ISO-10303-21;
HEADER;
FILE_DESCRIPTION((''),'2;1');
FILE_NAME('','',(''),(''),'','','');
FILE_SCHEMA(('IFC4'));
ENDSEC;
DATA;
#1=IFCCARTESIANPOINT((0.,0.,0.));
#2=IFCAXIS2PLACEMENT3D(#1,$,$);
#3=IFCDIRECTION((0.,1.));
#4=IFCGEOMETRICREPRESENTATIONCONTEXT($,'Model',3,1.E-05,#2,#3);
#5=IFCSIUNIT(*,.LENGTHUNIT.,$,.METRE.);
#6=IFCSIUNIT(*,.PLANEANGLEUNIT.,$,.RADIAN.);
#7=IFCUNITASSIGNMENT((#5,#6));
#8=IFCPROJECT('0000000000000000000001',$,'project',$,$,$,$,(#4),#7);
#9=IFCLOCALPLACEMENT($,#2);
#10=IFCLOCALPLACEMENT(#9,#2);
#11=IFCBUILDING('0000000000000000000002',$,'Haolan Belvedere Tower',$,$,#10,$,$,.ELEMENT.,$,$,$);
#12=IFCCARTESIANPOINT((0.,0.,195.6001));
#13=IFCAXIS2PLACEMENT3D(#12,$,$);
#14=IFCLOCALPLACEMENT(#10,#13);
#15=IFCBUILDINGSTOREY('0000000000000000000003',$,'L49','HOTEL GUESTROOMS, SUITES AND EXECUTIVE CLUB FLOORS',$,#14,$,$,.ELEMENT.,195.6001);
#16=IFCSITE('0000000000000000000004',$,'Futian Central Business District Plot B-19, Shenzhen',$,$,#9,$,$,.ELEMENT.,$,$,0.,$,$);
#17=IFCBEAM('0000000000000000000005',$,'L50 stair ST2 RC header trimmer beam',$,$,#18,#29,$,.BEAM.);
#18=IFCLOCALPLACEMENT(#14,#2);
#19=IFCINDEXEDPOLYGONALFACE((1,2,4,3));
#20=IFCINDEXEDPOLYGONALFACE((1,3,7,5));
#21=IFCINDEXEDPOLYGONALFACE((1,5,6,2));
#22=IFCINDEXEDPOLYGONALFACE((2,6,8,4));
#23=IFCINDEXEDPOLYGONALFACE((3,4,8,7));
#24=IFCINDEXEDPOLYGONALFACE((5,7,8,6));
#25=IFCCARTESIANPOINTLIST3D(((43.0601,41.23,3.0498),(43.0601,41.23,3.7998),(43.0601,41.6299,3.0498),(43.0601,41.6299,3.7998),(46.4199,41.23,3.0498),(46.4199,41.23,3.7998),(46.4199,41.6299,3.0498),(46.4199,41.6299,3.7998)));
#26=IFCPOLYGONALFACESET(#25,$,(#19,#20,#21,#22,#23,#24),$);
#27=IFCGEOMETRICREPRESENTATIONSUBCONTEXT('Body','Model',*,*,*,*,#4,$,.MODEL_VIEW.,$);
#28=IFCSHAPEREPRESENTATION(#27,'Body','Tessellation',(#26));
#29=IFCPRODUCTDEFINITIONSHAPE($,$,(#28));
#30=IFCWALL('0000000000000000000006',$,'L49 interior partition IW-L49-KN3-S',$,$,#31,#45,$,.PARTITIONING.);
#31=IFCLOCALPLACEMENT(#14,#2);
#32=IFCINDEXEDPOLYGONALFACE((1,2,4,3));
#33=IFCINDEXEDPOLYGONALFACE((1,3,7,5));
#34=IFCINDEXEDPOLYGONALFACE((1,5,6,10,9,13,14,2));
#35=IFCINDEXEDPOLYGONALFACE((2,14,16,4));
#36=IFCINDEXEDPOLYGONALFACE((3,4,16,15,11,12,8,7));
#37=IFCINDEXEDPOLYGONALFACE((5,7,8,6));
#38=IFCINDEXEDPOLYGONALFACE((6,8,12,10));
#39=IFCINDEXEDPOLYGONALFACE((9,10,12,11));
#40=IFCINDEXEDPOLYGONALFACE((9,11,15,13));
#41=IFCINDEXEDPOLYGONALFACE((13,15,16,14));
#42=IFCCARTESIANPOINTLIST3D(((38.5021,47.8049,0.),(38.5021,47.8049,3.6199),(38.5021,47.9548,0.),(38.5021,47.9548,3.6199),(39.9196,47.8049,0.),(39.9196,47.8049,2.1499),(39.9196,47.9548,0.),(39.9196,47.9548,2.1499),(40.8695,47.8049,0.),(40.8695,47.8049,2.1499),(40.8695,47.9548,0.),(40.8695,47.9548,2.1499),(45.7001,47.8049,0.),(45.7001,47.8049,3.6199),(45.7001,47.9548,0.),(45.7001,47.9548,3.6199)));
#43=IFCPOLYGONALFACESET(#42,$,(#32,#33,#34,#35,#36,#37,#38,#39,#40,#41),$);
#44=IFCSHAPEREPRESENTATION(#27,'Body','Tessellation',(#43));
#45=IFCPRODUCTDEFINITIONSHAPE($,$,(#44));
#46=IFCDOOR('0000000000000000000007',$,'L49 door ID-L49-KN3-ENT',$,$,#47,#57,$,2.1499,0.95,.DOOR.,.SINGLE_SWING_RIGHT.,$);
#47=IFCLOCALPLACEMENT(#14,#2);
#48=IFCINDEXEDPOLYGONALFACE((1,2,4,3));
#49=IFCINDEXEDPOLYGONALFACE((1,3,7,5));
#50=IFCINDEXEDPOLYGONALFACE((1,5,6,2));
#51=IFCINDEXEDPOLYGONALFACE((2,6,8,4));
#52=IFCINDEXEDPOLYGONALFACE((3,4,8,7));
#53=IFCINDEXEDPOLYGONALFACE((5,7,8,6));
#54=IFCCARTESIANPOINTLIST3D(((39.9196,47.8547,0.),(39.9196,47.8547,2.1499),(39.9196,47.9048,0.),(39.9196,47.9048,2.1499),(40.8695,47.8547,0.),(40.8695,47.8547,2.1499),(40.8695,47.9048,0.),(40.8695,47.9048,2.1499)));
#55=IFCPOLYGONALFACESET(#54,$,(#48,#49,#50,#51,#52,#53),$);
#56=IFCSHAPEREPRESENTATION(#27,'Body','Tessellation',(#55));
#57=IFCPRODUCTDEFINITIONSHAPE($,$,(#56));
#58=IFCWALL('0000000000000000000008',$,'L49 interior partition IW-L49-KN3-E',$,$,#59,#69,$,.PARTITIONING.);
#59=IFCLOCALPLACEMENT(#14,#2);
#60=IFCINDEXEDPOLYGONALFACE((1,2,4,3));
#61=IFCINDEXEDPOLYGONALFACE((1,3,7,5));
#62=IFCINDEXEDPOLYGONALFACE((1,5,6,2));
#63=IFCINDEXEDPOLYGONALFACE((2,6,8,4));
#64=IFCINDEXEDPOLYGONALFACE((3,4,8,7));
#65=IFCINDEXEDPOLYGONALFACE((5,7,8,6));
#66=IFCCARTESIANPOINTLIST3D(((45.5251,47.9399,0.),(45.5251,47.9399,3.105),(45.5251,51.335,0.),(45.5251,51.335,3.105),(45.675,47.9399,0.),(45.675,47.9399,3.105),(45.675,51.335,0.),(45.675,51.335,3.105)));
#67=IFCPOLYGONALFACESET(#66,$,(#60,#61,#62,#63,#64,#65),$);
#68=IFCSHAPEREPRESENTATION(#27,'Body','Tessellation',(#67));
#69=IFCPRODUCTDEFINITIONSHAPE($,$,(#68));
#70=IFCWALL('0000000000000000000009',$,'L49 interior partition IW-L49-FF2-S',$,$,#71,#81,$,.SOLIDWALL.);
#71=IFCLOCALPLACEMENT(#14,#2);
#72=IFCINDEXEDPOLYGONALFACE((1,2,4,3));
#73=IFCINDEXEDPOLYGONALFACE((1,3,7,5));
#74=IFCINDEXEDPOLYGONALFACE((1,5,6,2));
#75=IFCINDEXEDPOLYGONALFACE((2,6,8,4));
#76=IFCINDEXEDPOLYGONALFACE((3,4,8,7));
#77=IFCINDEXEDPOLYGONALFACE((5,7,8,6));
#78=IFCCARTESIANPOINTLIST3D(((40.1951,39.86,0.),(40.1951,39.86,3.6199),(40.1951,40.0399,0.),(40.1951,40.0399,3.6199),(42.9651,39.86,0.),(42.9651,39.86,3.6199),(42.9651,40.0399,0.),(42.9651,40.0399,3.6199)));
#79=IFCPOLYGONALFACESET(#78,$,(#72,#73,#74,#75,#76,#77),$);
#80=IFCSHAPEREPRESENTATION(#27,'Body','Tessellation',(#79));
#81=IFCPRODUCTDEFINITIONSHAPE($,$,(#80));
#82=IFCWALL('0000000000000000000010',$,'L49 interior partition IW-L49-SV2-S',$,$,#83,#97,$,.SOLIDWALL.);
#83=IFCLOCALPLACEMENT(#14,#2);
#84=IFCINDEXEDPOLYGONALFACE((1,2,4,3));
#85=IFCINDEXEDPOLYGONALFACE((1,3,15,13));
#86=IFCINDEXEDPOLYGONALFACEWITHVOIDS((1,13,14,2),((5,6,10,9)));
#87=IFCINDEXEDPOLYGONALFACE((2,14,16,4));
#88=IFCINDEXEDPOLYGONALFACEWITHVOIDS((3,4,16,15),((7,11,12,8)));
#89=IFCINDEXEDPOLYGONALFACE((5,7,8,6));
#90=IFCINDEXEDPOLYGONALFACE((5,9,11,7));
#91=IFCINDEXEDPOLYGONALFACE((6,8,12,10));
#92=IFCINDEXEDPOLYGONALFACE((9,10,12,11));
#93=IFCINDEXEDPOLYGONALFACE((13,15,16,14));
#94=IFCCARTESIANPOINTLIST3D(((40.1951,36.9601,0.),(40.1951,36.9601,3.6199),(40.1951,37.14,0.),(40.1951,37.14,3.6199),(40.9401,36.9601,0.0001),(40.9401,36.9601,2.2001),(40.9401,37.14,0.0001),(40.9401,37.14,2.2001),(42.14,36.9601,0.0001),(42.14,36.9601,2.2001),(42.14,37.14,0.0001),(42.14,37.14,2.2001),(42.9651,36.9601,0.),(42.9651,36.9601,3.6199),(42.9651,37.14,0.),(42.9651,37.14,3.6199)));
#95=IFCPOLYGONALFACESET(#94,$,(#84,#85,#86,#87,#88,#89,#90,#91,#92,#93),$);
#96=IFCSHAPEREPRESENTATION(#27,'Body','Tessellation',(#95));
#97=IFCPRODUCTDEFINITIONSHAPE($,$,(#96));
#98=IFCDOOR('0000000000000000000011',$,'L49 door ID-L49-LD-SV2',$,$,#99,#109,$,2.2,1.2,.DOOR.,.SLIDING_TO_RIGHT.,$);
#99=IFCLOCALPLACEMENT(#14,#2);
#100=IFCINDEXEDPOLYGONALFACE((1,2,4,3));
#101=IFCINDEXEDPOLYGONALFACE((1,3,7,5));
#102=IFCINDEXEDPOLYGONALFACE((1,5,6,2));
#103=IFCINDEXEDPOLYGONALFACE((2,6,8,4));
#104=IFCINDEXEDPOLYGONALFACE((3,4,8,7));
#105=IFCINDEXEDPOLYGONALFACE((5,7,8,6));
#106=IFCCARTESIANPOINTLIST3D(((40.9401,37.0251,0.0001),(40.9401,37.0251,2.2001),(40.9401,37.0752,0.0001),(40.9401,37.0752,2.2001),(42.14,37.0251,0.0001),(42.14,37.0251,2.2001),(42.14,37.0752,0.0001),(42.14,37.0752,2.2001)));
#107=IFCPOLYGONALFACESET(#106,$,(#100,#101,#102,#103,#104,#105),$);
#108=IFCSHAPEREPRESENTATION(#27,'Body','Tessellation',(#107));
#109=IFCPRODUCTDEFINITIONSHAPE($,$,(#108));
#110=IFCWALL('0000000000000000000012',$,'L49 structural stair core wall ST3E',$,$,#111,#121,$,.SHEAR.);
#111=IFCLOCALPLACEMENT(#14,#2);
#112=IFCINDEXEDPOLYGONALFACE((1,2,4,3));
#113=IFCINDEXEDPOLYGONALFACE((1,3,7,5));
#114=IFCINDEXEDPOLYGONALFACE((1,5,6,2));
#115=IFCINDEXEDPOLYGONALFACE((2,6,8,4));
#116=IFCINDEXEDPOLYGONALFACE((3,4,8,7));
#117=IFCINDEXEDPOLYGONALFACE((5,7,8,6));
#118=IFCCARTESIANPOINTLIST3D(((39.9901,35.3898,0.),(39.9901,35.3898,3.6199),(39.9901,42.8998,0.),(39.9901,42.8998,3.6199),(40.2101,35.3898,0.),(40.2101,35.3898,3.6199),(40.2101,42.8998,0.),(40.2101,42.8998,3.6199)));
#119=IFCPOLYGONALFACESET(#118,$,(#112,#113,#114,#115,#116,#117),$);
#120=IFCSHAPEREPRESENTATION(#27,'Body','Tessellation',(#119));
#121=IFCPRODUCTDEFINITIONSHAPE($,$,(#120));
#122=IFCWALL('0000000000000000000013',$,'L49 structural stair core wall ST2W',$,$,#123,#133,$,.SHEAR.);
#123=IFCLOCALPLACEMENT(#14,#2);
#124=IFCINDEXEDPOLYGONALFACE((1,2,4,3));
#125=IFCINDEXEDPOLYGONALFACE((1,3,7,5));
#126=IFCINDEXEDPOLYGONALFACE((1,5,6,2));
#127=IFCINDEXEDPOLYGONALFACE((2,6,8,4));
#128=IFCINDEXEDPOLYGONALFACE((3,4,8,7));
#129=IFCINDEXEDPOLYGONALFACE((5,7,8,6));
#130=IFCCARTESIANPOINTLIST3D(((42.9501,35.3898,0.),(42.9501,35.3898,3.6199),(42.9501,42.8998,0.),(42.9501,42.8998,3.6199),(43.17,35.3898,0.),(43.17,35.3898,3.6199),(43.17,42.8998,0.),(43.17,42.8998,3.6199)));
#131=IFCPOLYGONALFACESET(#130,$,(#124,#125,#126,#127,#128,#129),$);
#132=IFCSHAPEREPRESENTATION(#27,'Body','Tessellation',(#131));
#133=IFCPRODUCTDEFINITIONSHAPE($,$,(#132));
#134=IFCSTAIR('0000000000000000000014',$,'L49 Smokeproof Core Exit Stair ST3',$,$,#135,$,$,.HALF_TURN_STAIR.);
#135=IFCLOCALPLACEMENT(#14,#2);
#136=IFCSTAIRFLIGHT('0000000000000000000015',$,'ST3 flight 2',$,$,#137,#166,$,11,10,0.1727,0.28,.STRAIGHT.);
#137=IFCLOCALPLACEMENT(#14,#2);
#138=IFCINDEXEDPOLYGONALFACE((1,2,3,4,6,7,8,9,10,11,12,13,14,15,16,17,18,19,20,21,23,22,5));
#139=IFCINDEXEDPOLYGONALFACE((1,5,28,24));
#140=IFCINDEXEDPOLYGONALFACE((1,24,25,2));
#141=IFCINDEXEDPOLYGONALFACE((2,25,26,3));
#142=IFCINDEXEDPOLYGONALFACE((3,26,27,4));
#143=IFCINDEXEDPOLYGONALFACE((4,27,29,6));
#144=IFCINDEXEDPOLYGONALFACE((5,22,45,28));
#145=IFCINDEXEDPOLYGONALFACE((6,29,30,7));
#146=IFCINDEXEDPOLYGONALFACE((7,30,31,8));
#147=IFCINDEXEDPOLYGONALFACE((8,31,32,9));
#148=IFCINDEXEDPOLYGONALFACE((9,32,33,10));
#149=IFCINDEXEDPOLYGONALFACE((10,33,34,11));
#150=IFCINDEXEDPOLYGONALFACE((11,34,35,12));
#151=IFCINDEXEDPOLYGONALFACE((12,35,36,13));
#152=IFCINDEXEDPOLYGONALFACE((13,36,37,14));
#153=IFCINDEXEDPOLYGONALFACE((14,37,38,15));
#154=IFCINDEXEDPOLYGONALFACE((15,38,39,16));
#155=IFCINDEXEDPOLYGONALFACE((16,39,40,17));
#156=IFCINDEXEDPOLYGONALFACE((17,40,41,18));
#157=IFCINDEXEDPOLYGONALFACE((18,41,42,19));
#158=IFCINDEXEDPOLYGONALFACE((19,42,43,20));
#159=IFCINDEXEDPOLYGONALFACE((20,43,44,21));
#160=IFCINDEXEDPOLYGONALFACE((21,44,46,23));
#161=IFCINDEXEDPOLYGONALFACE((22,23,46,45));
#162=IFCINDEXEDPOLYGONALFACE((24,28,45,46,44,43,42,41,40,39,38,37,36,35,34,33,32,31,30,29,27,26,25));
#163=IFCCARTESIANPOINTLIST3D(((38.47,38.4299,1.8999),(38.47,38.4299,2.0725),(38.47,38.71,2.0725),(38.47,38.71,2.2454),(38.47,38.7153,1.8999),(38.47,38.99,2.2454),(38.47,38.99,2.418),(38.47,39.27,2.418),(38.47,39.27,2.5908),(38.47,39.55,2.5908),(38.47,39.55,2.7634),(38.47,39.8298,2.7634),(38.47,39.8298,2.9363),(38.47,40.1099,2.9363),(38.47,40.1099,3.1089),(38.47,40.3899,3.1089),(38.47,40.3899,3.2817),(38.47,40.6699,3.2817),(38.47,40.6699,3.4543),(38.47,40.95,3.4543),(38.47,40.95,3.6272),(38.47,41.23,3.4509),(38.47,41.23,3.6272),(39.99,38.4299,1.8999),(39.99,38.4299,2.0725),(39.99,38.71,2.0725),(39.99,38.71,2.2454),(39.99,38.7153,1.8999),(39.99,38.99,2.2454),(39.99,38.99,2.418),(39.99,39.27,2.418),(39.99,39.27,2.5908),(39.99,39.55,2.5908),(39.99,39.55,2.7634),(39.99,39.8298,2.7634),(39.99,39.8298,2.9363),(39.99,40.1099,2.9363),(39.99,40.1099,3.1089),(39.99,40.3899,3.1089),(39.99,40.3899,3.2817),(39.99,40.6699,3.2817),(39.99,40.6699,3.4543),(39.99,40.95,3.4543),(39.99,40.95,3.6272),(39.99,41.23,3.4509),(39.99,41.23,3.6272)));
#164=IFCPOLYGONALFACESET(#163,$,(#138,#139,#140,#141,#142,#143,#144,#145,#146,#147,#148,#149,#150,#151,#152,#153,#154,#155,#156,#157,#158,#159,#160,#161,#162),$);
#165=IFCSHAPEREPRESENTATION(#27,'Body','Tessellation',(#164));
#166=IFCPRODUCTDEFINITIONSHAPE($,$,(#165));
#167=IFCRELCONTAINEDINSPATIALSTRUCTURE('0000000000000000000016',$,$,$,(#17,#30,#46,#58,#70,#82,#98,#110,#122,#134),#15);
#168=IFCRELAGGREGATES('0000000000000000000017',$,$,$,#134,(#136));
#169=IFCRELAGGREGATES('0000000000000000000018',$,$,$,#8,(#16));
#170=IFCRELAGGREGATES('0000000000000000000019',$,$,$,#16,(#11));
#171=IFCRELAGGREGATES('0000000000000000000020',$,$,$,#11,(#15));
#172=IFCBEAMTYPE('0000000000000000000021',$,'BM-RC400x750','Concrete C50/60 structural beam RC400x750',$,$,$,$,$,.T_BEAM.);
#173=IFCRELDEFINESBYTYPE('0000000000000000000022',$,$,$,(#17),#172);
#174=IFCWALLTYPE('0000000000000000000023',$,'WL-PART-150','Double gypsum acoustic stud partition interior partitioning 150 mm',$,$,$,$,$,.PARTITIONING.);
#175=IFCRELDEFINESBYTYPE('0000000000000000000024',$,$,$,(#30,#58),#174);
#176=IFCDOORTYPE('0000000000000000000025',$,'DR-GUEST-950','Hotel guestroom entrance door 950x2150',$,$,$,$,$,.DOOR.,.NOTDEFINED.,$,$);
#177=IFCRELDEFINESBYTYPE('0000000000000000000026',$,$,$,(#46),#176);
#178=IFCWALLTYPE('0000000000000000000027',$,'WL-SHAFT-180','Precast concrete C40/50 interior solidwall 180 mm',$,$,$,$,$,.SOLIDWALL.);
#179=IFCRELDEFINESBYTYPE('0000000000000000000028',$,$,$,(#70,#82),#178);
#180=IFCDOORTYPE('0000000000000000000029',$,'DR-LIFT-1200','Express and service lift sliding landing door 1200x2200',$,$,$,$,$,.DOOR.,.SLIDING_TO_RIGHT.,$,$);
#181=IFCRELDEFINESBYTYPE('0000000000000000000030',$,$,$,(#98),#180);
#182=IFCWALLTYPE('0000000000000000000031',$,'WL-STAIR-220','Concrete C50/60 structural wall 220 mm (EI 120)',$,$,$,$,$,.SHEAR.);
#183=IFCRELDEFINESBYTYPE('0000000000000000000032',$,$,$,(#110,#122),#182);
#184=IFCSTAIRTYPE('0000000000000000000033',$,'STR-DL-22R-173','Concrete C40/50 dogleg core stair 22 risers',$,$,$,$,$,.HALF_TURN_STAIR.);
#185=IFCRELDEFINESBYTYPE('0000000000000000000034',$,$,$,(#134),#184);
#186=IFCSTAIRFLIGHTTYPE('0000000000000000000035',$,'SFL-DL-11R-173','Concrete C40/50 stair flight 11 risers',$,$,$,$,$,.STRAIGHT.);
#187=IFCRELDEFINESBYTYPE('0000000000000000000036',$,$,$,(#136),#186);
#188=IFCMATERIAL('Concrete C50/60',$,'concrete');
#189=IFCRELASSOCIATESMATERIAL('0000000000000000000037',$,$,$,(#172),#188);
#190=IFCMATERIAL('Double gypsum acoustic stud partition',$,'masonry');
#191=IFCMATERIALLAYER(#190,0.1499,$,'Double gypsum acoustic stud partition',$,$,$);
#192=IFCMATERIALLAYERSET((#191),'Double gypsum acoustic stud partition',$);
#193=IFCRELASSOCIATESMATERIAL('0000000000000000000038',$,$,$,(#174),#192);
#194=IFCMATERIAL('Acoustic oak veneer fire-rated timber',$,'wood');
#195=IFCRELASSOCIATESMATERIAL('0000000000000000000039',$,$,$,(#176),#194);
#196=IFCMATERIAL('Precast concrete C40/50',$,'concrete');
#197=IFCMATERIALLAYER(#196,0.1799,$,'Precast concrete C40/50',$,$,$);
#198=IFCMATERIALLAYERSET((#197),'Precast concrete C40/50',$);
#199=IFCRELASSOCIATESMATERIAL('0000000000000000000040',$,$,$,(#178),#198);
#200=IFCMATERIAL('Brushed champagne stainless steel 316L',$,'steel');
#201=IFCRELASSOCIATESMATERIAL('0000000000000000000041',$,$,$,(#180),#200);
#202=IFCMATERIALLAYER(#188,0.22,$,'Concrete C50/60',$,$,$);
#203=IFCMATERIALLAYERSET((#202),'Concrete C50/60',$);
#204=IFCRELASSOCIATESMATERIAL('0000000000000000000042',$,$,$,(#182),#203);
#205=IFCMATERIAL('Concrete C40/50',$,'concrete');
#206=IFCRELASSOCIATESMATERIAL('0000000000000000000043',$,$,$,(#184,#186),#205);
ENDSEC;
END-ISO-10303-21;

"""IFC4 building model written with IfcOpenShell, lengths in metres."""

from ifc_helpers import new_model, si_unit, direction, frame, frame_2d, origin, origin_2d, place, context, subcontext, project, spatial, polyline, rectangle, outline, extrude, material, layer, layer_set, material_profile, profile_set, type_object, element, fill, aggregate, save


model = new_model("IFC4")

# Units and contexts
model_context = context("Model", 3, precision=1e-05, world=origin(), true_north=direction((0.0, 1.0)))
body_context = subcontext(model_context, "Body", "Model", "MODEL_VIEW")
ifc_project = project(units=[si_unit("LENGTHUNIT", "METRE"), si_unit("PLANEANGLEUNIT", "RADIAN")], contexts=[model_context])

# Site, building, storey
site_placement = place(None, origin())
site = spatial("IfcSite", under=ifc_project, at=site_placement, Name="Futian Central Business District Plot B-19, Shenzhen", CompositionType="ELEMENT", RefElevation=0.0)
building_placement = place(site_placement, origin())
building = spatial("IfcBuilding", under=site, at=building_placement, Name="Haolan Belvedere Tower", CompositionType="ELEMENT")
storey_placement = place(building_placement, frame((0.0, 0.0, 195.6001)))
storey = spatial("IfcBuildingStorey", under=building, at=storey_placement, Name="L49", Description="HOTEL GUESTROOMS, SUITES AND EXECUTIVE CLUB FLOORS", CompositionType="ELEMENT", Elevation=195.6001)

# Beam
ifc_material_1 = material(Name="Concrete C50/60", Category="concrete")
ifc_material_profile = material_profile(ifc_material_1, rectangle(XDim=0.3999, YDim=0.75, at=origin_2d()), Name="Concrete C50/60")
ifc_profile_set = profile_set([ifc_material_profile], Name="Concrete C50/60")
beam_type = type_object("IfcBeamType", Name="BM-RC400x750", Description="Concrete C50/60 structural beam RC400x750", PredefinedType="T_BEAM", material=ifc_profile_set)
beam_placement = place(storey_placement, frame((43.0601, 41.4299, 3.4248), z_axis=(1.0, 0.0, 0.0), x_axis=(0.0, 1.0, 0.0)))
element("IfcBeam", 1, at=beam_placement, inside=storey, type_object=beam_type, Name="L50 stair ST2 RC header trimmer beam", PredefinedType="BEAM", context=body_context, shape_type="SweptSolid", body=[
    extrude(rectangle(XDim=0.3999, YDim=0.75, at=origin_2d()), origin(), (0.0, 0.0, 1.0), 3.3599),
])

# Wall, opening, door
ifc_material_2 = material(Name="Concrete C40/50", Category="concrete")
ifc_material_3 = material(Name="Double gypsum acoustic stud partition", Category="masonry")
ifc_layer_1 = layer(ifc_material_3, 0.1499, Name="Double gypsum acoustic stud partition")
ifc_layer_set_1 = layer_set([ifc_layer_1], Name="Double gypsum acoustic stud partition")
wall_type_1 = type_object("IfcWallType", Name="WL-PART-150", Description="Double gypsum acoustic stud partition interior partitioning 150 mm", PredefinedType="PARTITIONING", material=ifc_layer_set_1)
wall_1_placement = place(storey_placement, frame((38.502, 47.8799, 0.0), z_axis=(0.0, 0.0, 1.0), x_axis=(1.0, 0.0, 0.0)))
wall_1 = element("IfcWall", 2, at=wall_1_placement, inside=storey, type_object=wall_type_1, Name="L49 interior partition IW-L49-KN3-S", PredefinedType="PARTITIONING", context=body_context, shape_type="SweptSolid", body=[
    extrude(rectangle(XDim=7.198, YDim=0.1499, at=frame_2d((3.5991, 0.0))), origin(), (0.0, 0.0, 1.0), 3.6199),
])
opening_1_placement = place(wall_1_placement, frame((1.4175, 0.0, 0.0)))
opening_1 = element("IfcOpeningElement", 3, at=opening_1_placement, cuts=wall_1, PredefinedType="OPENING", context=body_context, shape_type="SweptSolid", body=[
    extrude(rectangle(XDim=0.95, YDim=2.1499, at=frame_2d((0.4751, 1.075))), frame((0.0, 0.085, 0.0), z_axis=(0.0, -1.0, 0.0), x_axis=(1.0, 0.0, 0.0)), (0.0, 0.0, 1.0), 0.1699),
])
ifc_material_4 = material(Name="Acoustic oak veneer fire-rated timber", Category="wood")
door_type_1 = type_object("IfcDoorType", Name="DR-GUEST-950", Description="Hotel guestroom entrance door 950x2150", OperationType="NOTDEFINED", PredefinedType="DOOR", material=ifc_material_4)
door_1_placement = place(opening_1_placement, origin())
door_1 = element("IfcDoor", 4, at=door_1_placement, inside=storey, type_object=door_type_1, Name="L49 door ID-L49-KN3-ENT", OperationType="SINGLE_SWING_RIGHT", OverallHeight=2.1499, OverallWidth=0.95, PredefinedType="DOOR", context=body_context, shape_type="SweptSolid", body=[
    extrude(rectangle(XDim=0.95, YDim=2.1499, at=frame_2d((0.4751, 1.075))), frame((0.0, 0.0249, 0.0), z_axis=(0.0, -1.0, 0.0), x_axis=(1.0, 0.0, 0.0)), (0.0, 0.0, 1.0), 0.05),
])
fill(opening_1, door_1)

# Walls
wall_2_placement = place(storey_placement, frame((45.6001, 47.9399, 0.0), z_axis=(0.0, 0.0, 1.0), x_axis=(0.0, 1.0, 0.0)))
element("IfcWall", 5, at=wall_2_placement, inside=storey, type_object=wall_type_1, Name="L49 interior partition IW-L49-KN3-E", PredefinedType="PARTITIONING", context=body_context, shape_type="SweptSolid", body=[
    extrude(rectangle(XDim=3.395, YDim=0.1499, at=frame_2d((1.6975, 0.0))), origin(), (0.0, 0.0, 1.0), 3.105),
])
ifc_material_5 = material(Name="Precast concrete C40/50", Category="concrete")
ifc_layer_2 = layer(ifc_material_5, 0.1799, Name="Precast concrete C40/50")
ifc_layer_set_2 = layer_set([ifc_layer_2], Name="Precast concrete C40/50")
wall_type_2 = type_object("IfcWallType", Name="WL-SHAFT-180", Description="Precast concrete C40/50 interior solidwall 180 mm", PredefinedType="SOLIDWALL", material=ifc_layer_set_2)
wall_3_placement = place(storey_placement, frame((40.1951, 39.95, 0.0), z_axis=(0.0, 0.0, 1.0), x_axis=(1.0, 0.0, 0.0)))
element("IfcWall", 6, at=wall_3_placement, inside=storey, type_object=wall_type_2, Name="L49 interior partition IW-L49-FF2-S", PredefinedType="SOLIDWALL", context=body_context, shape_type="SweptSolid", body=[
    extrude(rectangle(XDim=2.77, YDim=0.1799, at=frame_2d((1.385, 0.0))), origin(), (0.0, 0.0, 1.0), 3.6199),
])

# Wall, opening, door
wall_4_placement = place(storey_placement, frame((40.1951, 37.05, 0.0), z_axis=(0.0, 0.0, 1.0), x_axis=(1.0, 0.0, 0.0)))
wall_4 = element("IfcWall", 7, at=wall_4_placement, inside=storey, type_object=wall_type_2, Name="L49 interior partition IW-L49-SV2-S", PredefinedType="SOLIDWALL", context=body_context, shape_type="SweptSolid", body=[
    extrude(rectangle(XDim=2.77, YDim=0.1799, at=frame_2d((1.385, 0.0))), origin(), (0.0, 0.0, 1.0), 3.6199),
])
opening_2_placement = place(wall_4_placement, frame((1.9451, 0.0, 0.0), z_axis=(0.0, 0.0, 1.0), x_axis=(-1.0, 0.0, 0.0)))
opening_2 = element("IfcOpeningElement", 8, at=opening_2_placement, cuts=wall_4, PredefinedType="OPENING", context=body_context, shape_type="SweptSolid", body=[
    extrude(rectangle(XDim=1.2, YDim=2.2, at=frame_2d((0.6001, 1.1001))), frame((0.0, 0.0999, 0.0), z_axis=(0.0, -1.0, 0.0), x_axis=(1.0, 0.0, 0.0)), (0.0, 0.0, 1.0), 0.2),
])
ifc_material_6 = material(Name="Brushed champagne stainless steel 316L", Category="steel")
door_type_2 = type_object("IfcDoorType", Name="DR-LIFT-1200", Description="Express and service lift sliding landing door 1200x2200", OperationType="SLIDING_TO_RIGHT", PredefinedType="DOOR", material=ifc_material_6)
door_2_placement = place(opening_2_placement, origin())
door_2 = element("IfcDoor", 9, at=door_2_placement, inside=storey, type_object=door_type_2, Name="L49 door ID-L49-LD-SV2", OperationType="SLIDING_TO_RIGHT", OverallHeight=2.2, OverallWidth=1.2, PredefinedType="DOOR", context=body_context, shape_type="SweptSolid", body=[
    extrude(rectangle(XDim=1.2, YDim=2.2, at=frame_2d((0.6001, 1.1001))), frame((0.0, 0.0249, 0.0), z_axis=(0.0, -1.0, 0.0), x_axis=(1.0, 0.0, 0.0)), (0.0, 0.0, 1.0), 0.05),
])
fill(opening_2, door_2)

# Walls
ifc_layer_3 = layer(ifc_material_1, 0.22, Name="Concrete C50/60")
ifc_layer_set_3 = layer_set([ifc_layer_3], Name="Concrete C50/60")
wall_type_3 = type_object("IfcWallType", Name="WL-STAIR-220", Description="Concrete C50/60 structural wall 220 mm (EI 120)", PredefinedType="SHEAR", material=ifc_layer_set_3)
for number, where, z_axis, x_axis, name in (
    (10, (40.1001, 35.3899, 0.0), (0.0, 0.0, 1.0), (0.0, 1.0, 0.0), "L49 structural stair core wall ST3E"),
    (11, (43.0601, 35.3899, 0.0), (0.0, 0.0, 1.0), (0.0, 1.0, 0.0), "L49 structural stair core wall ST2W"),
):
    element("IfcWall", number, at=place(storey_placement, frame(where, z_axis=z_axis, x_axis=x_axis)), inside=storey, type_object=wall_type_3, Name=name, PredefinedType="SHEAR", context=body_context, shape_type="SweptSolid", body=[
        extrude(rectangle(XDim=7.51, YDim=0.22, at=frame_2d((3.7549, 0.0))), origin(), (0.0, 0.0, 1.0), 3.6199),
    ])

# Stair, stair flight
stair_type = type_object("IfcStairType", Name="STR-DL-22R-173", Description="Concrete C40/50 dogleg core stair 22 risers", PredefinedType="HALF_TURN_STAIR", material=ifc_material_2)
stair_1_placement = place(storey_placement, origin())
stair_1 = element("IfcStair", 12, at=stair_1_placement, inside=storey, type_object=stair_type, Name="L49 Smokeproof Core Exit Stair ST3", PredefinedType="HALF_TURN_STAIR")
stair_flight_type = type_object("IfcStairFlightType", Name="SFL-DL-11R-173", Description="Concrete C40/50 stair flight 11 risers", PredefinedType="STRAIGHT", material=ifc_material_2)
stair_flight_1_placement = place(storey_placement, frame((39.23, 38.4299, 1.8999), z_axis=(0.0, 0.0, 1.0), x_axis=(0.0, 1.0, 0.0)))
stair_flight_1 = element("IfcStairFlight", 13, at=stair_flight_1_placement, type_object=stair_flight_type, Name="ST3 flight 2", NumberOfRisers=11, NumberOfTreads=10, PredefinedType="STRAIGHT", RiserHeight=0.1727, TreadLength=0.28, context=body_context, shape_type="SweptSolid", body=[
    extrude(outline(polyline([(0.0, 0.0), (0.0, 0.1726), (0.28, 0.1726), (0.28, 0.3455), (0.5601, 0.3455), (0.5601, 0.5181), (0.8401, 0.5181), (0.8401, 0.6909), (1.1201, 0.6909), (1.1201, 0.8635), (1.3999, 0.8635), (1.3999, 1.0364), (1.6799, 1.0364), (1.6799, 1.209), (1.96, 1.209), (1.96, 1.3818), (2.24, 1.3818), (2.24, 1.5544), (2.52, 1.5544), (2.52, 1.7273), (2.8, 1.7273), (2.8, 1.8999), (2.8, 1.551), (0.2854, 0.0), (0.0, 0.0)])), frame((0.0, 0.76, 0.0), z_axis=(0.0, -1.0, 0.0), x_axis=(1.0, 0.0, 0.0)), (0.0, 0.0, 1.0), 1.52),
])
aggregate(stair_1, [stair_flight_1])

save(model, "model.ifc")
